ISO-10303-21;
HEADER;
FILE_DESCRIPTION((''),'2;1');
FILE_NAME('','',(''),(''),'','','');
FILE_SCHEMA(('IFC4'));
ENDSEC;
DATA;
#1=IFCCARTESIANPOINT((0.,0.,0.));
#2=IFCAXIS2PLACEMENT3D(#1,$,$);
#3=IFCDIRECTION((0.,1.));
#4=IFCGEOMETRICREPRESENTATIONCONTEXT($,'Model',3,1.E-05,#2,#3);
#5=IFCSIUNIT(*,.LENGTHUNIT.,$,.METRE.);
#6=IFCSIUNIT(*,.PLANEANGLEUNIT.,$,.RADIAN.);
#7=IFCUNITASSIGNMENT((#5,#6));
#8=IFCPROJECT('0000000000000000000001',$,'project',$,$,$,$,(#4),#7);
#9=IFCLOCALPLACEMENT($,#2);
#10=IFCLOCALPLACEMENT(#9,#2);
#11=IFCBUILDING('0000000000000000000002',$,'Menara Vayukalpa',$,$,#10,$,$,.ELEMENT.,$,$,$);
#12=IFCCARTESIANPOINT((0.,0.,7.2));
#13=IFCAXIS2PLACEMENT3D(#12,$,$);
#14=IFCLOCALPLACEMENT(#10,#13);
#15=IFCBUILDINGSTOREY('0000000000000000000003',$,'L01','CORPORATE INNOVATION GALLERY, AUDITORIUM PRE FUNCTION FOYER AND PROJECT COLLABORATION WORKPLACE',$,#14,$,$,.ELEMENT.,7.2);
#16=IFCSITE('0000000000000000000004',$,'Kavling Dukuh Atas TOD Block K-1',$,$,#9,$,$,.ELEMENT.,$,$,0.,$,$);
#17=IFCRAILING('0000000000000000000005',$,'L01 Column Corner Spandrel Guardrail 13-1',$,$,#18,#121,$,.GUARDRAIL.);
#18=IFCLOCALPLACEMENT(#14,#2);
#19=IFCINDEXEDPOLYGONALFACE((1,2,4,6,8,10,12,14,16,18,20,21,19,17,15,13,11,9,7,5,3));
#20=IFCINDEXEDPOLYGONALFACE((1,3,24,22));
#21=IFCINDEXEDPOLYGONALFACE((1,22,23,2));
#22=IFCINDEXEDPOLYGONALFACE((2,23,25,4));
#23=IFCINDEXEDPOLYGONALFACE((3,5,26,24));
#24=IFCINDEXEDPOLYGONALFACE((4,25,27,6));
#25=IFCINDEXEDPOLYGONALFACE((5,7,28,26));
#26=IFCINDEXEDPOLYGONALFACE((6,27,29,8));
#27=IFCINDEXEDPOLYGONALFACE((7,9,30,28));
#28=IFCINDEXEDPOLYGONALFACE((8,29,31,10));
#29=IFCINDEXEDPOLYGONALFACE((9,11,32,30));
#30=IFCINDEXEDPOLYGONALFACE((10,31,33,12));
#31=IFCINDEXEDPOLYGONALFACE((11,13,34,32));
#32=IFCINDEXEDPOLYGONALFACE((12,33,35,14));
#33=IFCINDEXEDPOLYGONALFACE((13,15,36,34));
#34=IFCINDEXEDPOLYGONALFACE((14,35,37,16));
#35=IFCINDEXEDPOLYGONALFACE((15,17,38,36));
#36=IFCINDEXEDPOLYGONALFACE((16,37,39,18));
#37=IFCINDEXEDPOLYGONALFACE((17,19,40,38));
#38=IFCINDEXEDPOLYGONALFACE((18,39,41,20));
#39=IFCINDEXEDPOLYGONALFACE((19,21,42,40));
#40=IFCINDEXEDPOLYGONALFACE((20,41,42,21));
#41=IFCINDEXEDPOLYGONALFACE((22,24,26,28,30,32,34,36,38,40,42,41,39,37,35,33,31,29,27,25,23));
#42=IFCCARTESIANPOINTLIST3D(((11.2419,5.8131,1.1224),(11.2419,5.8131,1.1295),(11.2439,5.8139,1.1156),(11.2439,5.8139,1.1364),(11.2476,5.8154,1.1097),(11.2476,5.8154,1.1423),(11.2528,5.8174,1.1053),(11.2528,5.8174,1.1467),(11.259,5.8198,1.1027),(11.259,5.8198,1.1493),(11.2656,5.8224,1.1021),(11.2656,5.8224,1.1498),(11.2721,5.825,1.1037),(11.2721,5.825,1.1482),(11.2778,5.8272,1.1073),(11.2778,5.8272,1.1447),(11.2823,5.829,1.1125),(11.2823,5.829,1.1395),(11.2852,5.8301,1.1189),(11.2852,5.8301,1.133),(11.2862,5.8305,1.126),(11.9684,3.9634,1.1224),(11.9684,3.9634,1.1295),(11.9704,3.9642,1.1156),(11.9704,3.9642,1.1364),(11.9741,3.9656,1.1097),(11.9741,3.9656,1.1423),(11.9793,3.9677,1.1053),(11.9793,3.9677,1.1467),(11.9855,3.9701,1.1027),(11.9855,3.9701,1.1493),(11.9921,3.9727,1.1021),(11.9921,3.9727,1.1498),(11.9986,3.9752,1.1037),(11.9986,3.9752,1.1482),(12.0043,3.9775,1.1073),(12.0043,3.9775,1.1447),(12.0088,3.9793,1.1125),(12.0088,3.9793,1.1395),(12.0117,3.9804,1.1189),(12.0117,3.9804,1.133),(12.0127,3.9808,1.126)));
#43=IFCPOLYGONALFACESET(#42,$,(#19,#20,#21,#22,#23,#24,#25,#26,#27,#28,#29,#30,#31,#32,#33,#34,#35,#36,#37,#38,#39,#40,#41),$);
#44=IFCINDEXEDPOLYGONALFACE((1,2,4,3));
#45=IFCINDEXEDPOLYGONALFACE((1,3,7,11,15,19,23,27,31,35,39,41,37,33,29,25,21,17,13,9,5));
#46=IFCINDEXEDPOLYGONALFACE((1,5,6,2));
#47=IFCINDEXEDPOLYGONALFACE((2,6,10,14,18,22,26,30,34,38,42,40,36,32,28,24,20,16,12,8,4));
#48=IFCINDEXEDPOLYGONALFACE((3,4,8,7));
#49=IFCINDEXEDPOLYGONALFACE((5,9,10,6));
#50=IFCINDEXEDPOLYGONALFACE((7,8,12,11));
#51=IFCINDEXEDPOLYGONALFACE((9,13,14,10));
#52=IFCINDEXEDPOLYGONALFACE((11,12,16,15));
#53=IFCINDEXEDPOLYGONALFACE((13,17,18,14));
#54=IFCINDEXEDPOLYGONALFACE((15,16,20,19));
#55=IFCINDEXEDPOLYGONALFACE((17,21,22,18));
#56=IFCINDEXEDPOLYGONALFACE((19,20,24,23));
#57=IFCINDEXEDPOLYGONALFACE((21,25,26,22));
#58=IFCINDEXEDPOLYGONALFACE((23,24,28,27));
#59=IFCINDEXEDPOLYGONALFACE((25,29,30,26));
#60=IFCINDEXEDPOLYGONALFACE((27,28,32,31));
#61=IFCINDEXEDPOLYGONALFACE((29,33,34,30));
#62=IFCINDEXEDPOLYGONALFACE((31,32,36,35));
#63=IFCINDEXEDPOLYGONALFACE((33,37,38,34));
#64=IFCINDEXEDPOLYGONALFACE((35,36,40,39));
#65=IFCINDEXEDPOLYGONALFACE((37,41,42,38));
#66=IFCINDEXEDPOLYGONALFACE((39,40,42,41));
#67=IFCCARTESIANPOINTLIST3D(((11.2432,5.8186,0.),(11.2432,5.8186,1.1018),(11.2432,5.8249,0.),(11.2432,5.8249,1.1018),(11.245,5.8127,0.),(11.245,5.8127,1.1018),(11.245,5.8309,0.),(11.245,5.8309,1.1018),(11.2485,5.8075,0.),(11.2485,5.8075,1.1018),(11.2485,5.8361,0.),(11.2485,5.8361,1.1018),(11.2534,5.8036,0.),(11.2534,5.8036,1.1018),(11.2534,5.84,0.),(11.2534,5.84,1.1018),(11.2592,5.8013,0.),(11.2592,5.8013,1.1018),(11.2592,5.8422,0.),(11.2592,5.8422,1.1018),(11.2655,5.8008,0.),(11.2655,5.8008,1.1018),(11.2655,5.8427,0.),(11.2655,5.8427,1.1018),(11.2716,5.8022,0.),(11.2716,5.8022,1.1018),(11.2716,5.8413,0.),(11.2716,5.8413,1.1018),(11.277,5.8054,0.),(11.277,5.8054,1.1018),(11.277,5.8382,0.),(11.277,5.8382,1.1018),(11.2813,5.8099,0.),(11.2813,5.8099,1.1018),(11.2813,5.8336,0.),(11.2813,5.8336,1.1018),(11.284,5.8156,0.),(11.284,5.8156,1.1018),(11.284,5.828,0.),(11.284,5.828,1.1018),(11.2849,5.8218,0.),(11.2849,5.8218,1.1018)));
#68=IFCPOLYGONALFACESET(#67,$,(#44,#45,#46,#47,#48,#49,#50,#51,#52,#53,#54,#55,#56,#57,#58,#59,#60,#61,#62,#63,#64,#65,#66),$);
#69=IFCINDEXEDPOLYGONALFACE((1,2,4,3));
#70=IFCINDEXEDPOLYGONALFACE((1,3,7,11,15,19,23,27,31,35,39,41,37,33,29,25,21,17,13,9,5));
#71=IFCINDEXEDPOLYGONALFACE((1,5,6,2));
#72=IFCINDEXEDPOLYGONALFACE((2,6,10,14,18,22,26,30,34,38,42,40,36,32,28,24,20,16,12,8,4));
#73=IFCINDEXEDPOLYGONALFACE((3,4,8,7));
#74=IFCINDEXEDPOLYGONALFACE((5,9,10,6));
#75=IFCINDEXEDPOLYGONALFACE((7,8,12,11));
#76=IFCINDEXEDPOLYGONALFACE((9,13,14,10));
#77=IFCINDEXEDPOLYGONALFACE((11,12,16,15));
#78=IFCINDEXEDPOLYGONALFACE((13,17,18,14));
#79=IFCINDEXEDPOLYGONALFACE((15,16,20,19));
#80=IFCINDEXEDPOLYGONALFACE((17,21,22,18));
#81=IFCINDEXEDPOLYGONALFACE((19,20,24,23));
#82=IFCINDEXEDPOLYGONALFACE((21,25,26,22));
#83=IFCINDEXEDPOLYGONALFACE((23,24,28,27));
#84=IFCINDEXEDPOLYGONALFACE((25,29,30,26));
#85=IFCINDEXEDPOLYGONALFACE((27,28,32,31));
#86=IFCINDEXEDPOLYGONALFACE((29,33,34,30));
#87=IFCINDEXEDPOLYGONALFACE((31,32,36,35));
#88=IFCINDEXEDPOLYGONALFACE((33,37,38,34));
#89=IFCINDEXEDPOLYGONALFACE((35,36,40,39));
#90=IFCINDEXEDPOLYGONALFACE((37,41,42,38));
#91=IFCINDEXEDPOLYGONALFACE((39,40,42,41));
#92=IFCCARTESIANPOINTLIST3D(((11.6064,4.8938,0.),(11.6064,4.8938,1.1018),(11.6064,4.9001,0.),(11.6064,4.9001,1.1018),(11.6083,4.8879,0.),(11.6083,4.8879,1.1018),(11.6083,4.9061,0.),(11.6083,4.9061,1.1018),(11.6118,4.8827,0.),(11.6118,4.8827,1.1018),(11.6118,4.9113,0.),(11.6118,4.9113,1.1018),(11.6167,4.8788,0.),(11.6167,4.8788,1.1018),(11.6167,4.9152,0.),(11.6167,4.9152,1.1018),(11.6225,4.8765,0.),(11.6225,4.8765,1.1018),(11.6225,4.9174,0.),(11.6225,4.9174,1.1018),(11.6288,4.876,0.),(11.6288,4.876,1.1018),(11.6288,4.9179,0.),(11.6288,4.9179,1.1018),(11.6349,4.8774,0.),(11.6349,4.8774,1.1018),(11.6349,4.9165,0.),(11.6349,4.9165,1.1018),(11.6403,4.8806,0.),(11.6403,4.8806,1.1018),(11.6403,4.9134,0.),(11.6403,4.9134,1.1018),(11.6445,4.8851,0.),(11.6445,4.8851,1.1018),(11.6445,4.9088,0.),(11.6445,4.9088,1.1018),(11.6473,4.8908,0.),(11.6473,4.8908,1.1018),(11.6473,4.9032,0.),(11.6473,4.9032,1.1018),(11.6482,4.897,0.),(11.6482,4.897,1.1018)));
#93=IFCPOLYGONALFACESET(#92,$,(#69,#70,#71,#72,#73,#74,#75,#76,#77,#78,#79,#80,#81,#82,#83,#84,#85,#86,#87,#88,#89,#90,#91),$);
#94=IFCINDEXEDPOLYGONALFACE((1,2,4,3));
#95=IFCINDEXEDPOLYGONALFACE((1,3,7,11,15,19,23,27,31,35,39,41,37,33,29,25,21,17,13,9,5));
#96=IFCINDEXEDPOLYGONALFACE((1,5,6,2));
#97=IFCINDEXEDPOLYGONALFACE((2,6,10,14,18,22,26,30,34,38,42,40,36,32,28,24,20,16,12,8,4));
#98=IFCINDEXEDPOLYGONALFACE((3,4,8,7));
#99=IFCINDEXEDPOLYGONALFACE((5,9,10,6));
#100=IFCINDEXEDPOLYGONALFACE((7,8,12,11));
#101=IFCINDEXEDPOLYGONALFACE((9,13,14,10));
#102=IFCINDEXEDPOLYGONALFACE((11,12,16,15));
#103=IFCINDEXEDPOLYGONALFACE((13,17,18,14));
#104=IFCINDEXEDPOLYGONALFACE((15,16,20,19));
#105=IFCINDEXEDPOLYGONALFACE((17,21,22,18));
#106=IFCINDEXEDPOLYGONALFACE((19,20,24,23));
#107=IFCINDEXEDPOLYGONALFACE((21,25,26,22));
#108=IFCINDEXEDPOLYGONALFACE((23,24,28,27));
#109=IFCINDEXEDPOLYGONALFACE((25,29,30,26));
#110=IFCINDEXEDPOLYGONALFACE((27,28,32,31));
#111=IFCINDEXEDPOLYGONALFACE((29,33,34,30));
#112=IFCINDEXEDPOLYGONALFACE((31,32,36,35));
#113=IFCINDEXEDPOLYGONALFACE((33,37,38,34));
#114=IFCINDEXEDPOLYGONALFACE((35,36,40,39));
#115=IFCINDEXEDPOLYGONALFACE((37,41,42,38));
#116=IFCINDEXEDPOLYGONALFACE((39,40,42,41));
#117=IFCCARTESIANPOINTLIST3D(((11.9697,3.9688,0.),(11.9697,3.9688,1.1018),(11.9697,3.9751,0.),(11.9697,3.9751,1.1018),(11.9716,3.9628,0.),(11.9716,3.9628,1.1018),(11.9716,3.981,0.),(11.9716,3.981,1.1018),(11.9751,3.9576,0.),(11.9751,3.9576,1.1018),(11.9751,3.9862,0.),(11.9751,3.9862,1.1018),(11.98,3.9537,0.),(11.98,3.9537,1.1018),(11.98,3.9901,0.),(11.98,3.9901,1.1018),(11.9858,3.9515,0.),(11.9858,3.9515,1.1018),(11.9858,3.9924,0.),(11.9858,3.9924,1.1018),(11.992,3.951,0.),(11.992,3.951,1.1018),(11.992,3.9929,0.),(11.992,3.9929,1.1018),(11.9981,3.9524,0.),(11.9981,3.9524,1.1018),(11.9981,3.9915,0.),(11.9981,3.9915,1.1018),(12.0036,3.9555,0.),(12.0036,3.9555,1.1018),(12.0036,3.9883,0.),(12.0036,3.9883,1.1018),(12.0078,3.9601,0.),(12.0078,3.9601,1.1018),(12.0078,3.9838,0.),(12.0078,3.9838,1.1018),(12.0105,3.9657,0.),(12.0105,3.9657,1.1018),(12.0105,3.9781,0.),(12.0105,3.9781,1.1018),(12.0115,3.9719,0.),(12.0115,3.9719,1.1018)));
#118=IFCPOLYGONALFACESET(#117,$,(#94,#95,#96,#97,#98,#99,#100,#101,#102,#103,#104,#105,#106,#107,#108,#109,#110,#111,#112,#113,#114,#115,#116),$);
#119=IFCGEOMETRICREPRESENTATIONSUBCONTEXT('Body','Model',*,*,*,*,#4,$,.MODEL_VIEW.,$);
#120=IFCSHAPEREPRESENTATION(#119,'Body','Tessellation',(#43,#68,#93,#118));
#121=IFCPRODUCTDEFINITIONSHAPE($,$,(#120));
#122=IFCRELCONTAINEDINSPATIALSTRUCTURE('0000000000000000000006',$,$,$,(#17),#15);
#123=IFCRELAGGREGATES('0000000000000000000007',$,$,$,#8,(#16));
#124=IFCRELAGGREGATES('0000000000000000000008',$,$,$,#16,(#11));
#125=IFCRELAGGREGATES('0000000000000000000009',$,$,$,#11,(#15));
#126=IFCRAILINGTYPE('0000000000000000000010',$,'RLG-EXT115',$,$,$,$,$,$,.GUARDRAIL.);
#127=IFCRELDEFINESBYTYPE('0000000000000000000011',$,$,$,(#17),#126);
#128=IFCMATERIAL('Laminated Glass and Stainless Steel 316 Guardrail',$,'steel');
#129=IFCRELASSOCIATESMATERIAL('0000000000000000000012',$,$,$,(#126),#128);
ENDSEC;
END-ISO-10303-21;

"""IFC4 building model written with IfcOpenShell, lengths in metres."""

from ifc_helpers import new_model, si_unit, direction, frame, origin, origin_2d, place, context, subcontext, project, spatial, circle, extrude, material, type_object, element, save


model = new_model("IFC4")

# Units and contexts
model_context = context("Model", 3, precision=1e-05, world=origin(), true_north=direction((0.0, 1.0)))
body_context = subcontext(model_context, "Body", "Model", "MODEL_VIEW")
ifc_project = project(units=[si_unit("LENGTHUNIT", "METRE"), si_unit("PLANEANGLEUNIT", "RADIAN")], contexts=[model_context])

# Site, building, storey
site_placement = place(None, origin())
site = spatial("IfcSite", under=ifc_project, at=site_placement, Name="Kavling Dukuh Atas TOD Block K-1", CompositionType="ELEMENT", RefElevation=0.0)
building_placement = place(site_placement, origin())
building = spatial("IfcBuilding", under=site, at=building_placement, Name="Menara Vayukalpa", CompositionType="ELEMENT")
storey_placement = place(building_placement, frame((0.0, 0.0, 7.2)))
storey = spatial("IfcBuildingStorey", under=building, at=storey_placement, Name="L01", Description="CORPORATE INNOVATION GALLERY, AUDITORIUM PRE FUNCTION FOYER AND PROJECT COLLABORATION WORKPLACE", CompositionType="ELEMENT", Elevation=7.2)

# Railing
ifc_material_1 = material(Name="Laminated Glass and Stainless Steel 316 Guardrail", Category="steel")
railing_type = type_object("IfcRailingType", Name="RLG-EXT115", PredefinedType="GUARDRAIL", material=ifc_material_1)
railing_1_placement = place(storey_placement, frame((11.2639, 5.8218, 0.0)))
element("IfcRailing", 1, at=railing_1_placement, inside=storey, type_object=railing_type, Name="L01 Column Corner Spandrel Guardrail 13-1", PredefinedType="GUARDRAIL", context=body_context, shape_type="SweptSolid", body=[
    extrude(circle(Radius=0.0239, at=origin_2d()), frame((0.0, 0.0, 1.126), z_axis=(0.36558, -0.93078, 0.0), x_axis=(0.93078, 0.36558, 0.0)), (0.0, 0.0, 1.0), 1.9873),
    extrude(circle(Radius=0.021, at=origin_2d()), origin(), (0.0, 0.0, 1.0), 1.1018),
    extrude(circle(Radius=0.021, at=origin_2d()), frame((0.3633, -0.9248, 0.0)), (0.0, 0.0, 1.0), 1.1018),
    extrude(circle(Radius=0.021, at=origin_2d()), frame((0.7266, -1.8499, 0.0)), (0.0, 0.0, 1.0), 1.1018),
])

save(model, "model.ifc")
